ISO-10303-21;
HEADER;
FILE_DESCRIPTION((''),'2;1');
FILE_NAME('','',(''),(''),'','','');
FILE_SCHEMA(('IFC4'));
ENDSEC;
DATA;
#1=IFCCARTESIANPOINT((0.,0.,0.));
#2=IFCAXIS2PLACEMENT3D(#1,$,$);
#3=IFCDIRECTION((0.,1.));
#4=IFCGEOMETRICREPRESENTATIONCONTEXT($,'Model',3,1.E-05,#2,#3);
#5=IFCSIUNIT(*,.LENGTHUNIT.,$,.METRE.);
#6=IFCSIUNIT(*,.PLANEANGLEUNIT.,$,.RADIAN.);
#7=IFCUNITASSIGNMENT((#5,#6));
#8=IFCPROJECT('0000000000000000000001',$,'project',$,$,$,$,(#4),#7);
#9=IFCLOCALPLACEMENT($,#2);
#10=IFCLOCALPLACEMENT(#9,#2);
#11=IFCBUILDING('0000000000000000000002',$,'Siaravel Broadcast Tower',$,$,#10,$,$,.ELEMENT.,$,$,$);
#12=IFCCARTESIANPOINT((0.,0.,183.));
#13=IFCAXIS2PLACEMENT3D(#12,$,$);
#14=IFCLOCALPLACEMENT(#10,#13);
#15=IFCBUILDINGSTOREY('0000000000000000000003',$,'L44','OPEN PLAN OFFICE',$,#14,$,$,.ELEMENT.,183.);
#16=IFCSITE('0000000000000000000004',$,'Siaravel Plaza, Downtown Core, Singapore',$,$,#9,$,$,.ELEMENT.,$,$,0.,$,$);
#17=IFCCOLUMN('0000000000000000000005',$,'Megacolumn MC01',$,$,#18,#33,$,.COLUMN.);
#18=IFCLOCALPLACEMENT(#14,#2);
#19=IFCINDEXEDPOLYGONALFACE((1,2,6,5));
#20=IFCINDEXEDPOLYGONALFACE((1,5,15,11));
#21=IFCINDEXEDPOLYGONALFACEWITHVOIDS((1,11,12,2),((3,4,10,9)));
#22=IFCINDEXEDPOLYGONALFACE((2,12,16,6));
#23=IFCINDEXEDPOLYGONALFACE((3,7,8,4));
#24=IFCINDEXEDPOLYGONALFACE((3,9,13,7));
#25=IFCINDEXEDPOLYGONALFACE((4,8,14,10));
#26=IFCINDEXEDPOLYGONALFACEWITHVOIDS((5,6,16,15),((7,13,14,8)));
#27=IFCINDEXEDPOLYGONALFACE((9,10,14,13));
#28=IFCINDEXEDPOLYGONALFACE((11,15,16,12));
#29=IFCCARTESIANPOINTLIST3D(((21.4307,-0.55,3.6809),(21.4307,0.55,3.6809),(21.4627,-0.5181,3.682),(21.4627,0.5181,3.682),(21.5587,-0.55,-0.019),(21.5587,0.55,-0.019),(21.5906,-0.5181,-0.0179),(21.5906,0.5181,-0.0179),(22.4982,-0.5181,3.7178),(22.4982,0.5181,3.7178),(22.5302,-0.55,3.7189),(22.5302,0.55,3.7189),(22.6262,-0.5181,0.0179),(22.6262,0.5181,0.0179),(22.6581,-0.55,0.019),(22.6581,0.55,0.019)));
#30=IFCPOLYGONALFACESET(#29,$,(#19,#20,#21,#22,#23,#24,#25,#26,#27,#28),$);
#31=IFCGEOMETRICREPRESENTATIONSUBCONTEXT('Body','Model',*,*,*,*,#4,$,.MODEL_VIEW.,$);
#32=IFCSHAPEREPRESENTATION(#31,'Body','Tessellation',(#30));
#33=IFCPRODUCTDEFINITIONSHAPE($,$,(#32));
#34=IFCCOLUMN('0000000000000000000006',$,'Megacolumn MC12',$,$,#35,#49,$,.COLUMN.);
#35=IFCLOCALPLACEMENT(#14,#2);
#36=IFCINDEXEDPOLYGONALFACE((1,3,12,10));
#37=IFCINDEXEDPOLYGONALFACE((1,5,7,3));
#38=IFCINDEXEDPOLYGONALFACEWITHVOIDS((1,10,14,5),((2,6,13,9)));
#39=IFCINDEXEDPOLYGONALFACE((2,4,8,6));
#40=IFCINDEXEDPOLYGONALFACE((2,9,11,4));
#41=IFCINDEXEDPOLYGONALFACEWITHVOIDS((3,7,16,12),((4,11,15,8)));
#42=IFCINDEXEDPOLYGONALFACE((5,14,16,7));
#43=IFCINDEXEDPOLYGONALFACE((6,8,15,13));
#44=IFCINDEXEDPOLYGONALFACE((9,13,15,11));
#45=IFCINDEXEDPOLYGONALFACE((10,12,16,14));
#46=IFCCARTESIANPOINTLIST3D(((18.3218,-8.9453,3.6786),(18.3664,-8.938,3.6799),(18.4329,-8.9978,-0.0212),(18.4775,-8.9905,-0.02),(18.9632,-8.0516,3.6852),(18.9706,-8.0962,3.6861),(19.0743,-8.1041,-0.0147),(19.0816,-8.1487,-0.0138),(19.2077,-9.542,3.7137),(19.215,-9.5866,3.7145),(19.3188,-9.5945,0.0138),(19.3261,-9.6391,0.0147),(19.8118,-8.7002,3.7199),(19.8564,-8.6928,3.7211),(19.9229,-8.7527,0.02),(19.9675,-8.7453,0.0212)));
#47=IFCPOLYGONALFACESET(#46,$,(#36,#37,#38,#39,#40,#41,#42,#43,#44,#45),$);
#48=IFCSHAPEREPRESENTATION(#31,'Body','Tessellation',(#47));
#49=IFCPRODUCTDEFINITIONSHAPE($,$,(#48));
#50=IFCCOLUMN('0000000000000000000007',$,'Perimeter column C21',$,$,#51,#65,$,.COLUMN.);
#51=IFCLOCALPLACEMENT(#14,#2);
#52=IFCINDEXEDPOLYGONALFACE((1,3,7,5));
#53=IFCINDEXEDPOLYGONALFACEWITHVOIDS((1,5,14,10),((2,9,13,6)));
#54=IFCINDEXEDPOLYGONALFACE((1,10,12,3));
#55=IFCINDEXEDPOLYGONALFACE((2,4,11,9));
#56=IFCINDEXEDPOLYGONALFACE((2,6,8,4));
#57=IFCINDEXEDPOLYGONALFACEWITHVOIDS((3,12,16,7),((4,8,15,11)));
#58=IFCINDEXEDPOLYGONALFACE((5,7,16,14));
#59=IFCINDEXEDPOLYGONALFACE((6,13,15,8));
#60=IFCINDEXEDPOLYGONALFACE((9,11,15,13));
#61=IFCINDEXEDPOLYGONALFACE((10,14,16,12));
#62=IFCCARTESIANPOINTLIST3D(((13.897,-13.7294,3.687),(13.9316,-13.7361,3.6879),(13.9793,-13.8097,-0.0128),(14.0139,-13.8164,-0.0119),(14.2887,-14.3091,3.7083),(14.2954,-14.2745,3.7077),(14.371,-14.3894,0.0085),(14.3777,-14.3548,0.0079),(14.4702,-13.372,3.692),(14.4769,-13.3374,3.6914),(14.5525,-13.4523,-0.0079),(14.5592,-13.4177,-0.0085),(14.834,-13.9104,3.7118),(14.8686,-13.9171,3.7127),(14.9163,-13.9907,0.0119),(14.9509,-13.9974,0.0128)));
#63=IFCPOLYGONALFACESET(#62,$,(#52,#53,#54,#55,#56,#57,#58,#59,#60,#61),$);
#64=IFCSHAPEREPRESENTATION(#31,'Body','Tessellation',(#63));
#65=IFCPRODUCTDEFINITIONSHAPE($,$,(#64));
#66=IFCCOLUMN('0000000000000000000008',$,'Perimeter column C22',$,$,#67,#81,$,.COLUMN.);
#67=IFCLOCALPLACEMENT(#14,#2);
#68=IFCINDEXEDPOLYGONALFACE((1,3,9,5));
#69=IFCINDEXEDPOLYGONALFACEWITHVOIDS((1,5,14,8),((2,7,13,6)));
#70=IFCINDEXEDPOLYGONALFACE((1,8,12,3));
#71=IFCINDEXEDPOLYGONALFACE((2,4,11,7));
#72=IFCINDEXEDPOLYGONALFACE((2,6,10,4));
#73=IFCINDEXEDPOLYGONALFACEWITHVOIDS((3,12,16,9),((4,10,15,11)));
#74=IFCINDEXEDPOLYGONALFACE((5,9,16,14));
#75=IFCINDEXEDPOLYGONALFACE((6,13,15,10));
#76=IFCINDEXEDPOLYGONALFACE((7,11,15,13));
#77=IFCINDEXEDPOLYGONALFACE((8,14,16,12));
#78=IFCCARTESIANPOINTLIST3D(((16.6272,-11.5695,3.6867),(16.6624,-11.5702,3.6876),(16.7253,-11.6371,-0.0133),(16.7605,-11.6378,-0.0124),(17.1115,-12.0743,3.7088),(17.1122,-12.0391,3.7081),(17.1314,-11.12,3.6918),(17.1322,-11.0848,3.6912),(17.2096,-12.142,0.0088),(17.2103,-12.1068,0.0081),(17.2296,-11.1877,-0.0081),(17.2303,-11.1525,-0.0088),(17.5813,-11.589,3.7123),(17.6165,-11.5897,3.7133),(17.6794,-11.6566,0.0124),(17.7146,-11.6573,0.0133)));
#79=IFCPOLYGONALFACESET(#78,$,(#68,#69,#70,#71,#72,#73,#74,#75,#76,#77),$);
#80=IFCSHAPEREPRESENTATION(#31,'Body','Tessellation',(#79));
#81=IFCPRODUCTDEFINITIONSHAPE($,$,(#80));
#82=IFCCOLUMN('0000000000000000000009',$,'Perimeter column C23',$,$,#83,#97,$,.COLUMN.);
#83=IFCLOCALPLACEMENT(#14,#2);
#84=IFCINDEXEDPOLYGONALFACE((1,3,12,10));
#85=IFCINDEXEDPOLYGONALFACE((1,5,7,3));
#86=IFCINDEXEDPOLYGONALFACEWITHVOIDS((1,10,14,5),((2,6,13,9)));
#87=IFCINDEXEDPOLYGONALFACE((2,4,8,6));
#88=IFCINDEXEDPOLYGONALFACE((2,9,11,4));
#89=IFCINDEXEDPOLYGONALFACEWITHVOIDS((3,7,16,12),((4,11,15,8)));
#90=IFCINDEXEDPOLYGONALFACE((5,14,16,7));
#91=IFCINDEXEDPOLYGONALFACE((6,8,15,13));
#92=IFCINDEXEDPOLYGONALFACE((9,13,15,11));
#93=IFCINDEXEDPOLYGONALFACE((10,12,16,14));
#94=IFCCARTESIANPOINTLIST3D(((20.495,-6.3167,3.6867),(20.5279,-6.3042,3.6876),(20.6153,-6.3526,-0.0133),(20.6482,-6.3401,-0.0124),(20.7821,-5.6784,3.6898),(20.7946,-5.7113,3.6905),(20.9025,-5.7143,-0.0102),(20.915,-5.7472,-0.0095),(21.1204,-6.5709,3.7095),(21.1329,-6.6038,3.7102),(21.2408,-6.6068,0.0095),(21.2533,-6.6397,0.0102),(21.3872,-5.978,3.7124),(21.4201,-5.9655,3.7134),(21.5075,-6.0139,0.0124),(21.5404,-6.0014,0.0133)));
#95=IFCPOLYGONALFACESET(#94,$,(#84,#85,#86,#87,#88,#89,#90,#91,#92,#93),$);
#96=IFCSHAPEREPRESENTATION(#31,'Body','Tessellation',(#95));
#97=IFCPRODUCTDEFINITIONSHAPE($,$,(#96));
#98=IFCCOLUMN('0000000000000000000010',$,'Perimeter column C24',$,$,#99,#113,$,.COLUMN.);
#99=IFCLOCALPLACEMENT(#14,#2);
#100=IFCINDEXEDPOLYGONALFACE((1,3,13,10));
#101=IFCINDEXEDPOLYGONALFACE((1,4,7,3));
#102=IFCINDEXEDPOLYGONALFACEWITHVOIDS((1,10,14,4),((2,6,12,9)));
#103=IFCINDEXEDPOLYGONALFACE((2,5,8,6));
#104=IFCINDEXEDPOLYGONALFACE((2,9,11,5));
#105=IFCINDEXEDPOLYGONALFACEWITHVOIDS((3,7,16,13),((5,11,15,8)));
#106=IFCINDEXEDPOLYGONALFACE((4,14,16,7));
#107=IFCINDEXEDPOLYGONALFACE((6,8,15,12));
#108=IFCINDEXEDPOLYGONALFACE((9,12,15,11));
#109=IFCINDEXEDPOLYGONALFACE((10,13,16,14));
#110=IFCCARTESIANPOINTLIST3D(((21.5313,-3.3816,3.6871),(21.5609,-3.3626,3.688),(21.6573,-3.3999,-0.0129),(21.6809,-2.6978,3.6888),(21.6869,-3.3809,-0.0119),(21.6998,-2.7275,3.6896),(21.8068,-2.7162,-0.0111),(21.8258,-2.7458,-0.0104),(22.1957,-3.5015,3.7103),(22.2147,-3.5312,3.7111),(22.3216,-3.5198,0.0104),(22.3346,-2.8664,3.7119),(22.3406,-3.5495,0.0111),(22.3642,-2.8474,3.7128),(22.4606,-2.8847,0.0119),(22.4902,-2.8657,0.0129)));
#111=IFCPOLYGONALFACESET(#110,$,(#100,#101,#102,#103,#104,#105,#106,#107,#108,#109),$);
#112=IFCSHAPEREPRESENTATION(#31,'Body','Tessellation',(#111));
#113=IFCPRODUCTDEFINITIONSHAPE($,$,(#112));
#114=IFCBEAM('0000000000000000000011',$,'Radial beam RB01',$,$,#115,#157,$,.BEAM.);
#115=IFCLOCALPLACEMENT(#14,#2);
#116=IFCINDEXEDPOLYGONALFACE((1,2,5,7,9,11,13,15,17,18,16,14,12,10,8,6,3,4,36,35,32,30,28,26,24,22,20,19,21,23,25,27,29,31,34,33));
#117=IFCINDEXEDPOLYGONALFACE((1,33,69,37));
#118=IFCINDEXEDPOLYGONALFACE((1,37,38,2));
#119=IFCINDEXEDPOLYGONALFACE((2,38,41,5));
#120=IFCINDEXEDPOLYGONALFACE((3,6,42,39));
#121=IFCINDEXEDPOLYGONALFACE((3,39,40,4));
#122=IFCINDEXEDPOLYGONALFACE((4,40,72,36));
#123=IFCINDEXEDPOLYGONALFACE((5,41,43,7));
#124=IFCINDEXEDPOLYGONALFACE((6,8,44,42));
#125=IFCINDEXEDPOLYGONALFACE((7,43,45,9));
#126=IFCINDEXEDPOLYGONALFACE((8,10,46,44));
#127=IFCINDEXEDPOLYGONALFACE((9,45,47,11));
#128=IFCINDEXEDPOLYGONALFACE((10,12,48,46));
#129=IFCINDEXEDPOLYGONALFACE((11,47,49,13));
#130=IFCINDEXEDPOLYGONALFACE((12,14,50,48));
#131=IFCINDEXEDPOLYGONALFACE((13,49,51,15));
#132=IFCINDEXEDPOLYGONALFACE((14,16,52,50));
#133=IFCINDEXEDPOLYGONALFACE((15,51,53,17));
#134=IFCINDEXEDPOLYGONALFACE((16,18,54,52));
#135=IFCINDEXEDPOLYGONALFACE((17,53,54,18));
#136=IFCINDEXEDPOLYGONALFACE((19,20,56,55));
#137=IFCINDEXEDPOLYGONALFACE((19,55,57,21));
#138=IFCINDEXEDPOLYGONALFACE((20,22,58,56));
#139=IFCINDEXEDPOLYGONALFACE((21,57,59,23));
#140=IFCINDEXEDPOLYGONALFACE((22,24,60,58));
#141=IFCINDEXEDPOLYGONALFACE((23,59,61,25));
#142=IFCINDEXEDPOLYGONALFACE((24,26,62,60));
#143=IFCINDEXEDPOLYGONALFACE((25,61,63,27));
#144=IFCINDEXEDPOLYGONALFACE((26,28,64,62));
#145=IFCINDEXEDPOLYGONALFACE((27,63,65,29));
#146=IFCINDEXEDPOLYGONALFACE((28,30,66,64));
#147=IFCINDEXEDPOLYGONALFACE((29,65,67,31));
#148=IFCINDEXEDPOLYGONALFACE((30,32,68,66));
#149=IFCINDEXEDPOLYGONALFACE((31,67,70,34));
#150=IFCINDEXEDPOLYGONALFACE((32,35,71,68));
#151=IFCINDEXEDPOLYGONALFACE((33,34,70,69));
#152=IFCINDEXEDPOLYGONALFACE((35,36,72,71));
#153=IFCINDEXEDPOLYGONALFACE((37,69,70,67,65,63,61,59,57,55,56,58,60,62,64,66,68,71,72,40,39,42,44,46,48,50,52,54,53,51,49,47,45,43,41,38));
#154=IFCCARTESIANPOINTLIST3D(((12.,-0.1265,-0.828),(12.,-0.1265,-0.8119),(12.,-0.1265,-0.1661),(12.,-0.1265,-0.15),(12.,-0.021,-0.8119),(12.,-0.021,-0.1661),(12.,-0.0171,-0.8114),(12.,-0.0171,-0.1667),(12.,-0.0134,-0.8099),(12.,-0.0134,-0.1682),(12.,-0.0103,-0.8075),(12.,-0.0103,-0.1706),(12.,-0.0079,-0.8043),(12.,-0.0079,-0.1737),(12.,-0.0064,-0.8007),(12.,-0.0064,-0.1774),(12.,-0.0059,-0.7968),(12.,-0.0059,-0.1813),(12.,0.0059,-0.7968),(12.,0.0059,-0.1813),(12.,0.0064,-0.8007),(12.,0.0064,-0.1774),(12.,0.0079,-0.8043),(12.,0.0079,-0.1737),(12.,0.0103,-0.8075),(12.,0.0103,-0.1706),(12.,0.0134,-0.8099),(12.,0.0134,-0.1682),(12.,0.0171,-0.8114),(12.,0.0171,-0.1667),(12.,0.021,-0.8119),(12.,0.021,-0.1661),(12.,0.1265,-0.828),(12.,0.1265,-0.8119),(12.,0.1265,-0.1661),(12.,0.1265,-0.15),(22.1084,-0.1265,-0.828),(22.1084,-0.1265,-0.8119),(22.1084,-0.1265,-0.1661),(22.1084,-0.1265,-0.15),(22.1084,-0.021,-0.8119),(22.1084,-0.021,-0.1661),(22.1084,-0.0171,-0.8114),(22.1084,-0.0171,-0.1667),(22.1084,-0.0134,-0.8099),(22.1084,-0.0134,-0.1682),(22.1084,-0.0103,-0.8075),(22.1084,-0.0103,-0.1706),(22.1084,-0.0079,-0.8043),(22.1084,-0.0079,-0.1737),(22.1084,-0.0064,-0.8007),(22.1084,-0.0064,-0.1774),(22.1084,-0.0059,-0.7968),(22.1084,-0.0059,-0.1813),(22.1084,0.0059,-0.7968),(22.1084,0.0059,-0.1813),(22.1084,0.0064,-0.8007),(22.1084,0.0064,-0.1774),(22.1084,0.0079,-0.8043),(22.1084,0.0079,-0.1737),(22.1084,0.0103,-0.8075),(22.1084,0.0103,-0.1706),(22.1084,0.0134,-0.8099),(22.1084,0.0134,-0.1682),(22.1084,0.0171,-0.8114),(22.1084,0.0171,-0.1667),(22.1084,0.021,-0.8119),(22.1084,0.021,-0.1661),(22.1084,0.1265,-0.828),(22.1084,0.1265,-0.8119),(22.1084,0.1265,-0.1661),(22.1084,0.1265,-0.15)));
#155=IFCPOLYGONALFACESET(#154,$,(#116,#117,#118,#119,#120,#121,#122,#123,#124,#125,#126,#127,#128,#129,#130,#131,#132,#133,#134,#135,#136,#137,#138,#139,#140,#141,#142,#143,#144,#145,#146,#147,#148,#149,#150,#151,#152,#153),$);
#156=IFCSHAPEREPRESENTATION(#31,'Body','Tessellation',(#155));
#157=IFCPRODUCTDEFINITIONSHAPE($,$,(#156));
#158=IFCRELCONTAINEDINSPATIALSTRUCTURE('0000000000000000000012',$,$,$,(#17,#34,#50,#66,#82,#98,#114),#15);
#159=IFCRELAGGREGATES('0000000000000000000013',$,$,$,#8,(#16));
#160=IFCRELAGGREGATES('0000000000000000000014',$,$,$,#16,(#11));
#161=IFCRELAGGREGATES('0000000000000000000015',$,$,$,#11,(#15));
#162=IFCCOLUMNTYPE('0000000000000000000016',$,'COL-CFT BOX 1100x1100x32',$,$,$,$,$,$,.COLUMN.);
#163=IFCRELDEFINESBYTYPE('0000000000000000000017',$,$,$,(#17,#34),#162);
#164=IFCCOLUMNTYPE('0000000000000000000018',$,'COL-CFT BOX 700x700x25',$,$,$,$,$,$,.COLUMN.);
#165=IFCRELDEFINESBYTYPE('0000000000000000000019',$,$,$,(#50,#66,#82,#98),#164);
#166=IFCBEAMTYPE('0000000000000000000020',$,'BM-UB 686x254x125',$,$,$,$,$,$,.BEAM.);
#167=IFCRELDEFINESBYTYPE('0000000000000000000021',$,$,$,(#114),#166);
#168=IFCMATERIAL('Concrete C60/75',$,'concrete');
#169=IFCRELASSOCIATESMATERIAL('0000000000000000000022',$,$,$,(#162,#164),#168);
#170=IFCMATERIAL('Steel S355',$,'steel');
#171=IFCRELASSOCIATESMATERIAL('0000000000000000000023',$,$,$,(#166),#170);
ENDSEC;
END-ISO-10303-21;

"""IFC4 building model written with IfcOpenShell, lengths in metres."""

from ifc_helpers import new_model, si_unit, direction, frame, origin, origin_2d, place, context, subcontext, project, spatial, hollow_rectangle, i_section, extrude, material, material_profile, profile_set, type_object, element, save


model = new_model("IFC4")

# Units and contexts
model_context = context("Model", 3, precision=1e-05, world=origin(), true_north=direction((0.0, 1.0)))
body_context = subcontext(model_context, "Body", "Model", "MODEL_VIEW")
ifc_project = project(units=[si_unit("LENGTHUNIT", "METRE"), si_unit("PLANEANGLEUNIT", "RADIAN")], contexts=[model_context])

# Site, building, storey
site_placement = place(None, origin())
site = spatial("IfcSite", under=ifc_project, at=site_placement, Name="Siaravel Plaza, Downtown Core, Singapore", CompositionType="ELEMENT", RefElevation=0.0)
building_placement = place(site_placement, origin())
building = spatial("IfcBuilding", under=site, at=building_placement, Name="Siaravel Broadcast Tower", CompositionType="ELEMENT")
storey_placement = place(building_placement, frame((0.0, 0.0, 183.0)))
storey = spatial("IfcBuildingStorey", under=building, at=storey_placement, Name="L44", Description="OPEN PLAN OFFICE", CompositionType="ELEMENT", Elevation=183.0)

# Columns
ifc_material_1 = material(Name="Concrete C60/75", Category="concrete")
ifc_material_profile_1 = material_profile(ifc_material_1, hollow_rectangle(XDim=1.1001, YDim=1.1001, WallThickness=0.032, at=origin_2d()))
ifc_profile_set_1 = profile_set([ifc_material_profile_1], Name="Concrete C60/75")
column_type_1 = type_object("IfcColumnType", Name="COL-CFT BOX 1100x1100x32", PredefinedType="COLUMN", material=ifc_profile_set_1)
column_1_placement = place(storey_placement, frame((22.1084, 0.0, 0.0), z_axis=(-0.034555, 0.0, 0.999403), x_axis=(0.0, -1.0, 0.0)))
element("IfcColumn", 1, at=column_1_placement, inside=storey, type_object=column_type_1, Name="Megacolumn MC01", PredefinedType="COLUMN", context=body_context, shape_type="SweptSolid", body=[
    extrude(hollow_rectangle(XDim=1.1001, YDim=1.1001, WallThickness=0.032, at=origin_2d()), origin(), (0.0, 0.0, 1.0), 3.7021),
])
column_2_placement = place(storey_placement, frame((19.2002, -8.8716, 0.0), z_axis=(-0.030007, 0.014179, 0.999449), x_axis=(-0.583041, -0.812421, -0.005979)))
element("IfcColumn", 2, at=column_2_placement, inside=storey, type_object=column_type_1, Name="Megacolumn MC12", PredefinedType="COLUMN", context=body_context, shape_type="SweptSolid", body=[
    extrude(hollow_rectangle(XDim=1.1001, YDim=1.1001, WallThickness=0.032, at=origin_2d()), origin(), (0.0, 0.0, 1.0), 3.7019),
])
ifc_material_profile_2 = material_profile(ifc_material_1, hollow_rectangle(XDim=0.7, YDim=0.7, WallThickness=0.0249, at=origin_2d()))
ifc_profile_set_2 = profile_set([ifc_material_profile_2], Name="Concrete C60/75")
column_type_2 = type_object("IfcColumnType", Name="COL-CFT BOX 700x700x25", PredefinedType="COLUMN", material=ifc_profile_set_2)
column_3_placement = place(storey_placement, frame((14.4651, -13.9036, 0.0), z_axis=(-0.022226, 0.021699, 0.999517), x_axis=(-0.828429, -0.560059, -0.006263)))
element("IfcColumn", 3, at=column_3_placement, inside=storey, type_object=column_type_2, Name="Perimeter column C21", PredefinedType="COLUMN", context=body_context, shape_type="SweptSolid", body=[
    extrude(hollow_rectangle(XDim=0.7, YDim=0.7, WallThickness=0.0249, at=origin_2d()), origin(), (0.0, 0.0, 1.0), 3.7017),
])
column_4_placement = place(storey_placement, frame((17.22, -11.6472, 0.0), z_axis=(-0.026512, 0.018268, 0.999482), x_axis=(-0.721505, -0.692379, -0.006483)))
element("IfcColumn", 4, at=column_4_placement, inside=storey, type_object=column_type_2, Name="Perimeter column C22", PredefinedType="COLUMN", context=body_context, shape_type="SweptSolid", body=[
    extrude(hollow_rectangle(XDim=0.7, YDim=0.7, WallThickness=0.0249, at=origin_2d()), origin(), (0.0, 0.0, 1.0), 3.7019),
])
for number, where, z_axis, x_axis, name in (
    (5, (21.0779, -6.177, 0.0), (-0.032512, 0.009694, 0.999424), (-0.410283, -0.911947, -0.004501), "Perimeter column C23"),
    (6, (22.0737, -3.1328, 0.0), (-0.034028, 0.004946, 0.999409), (-0.213687, -0.976899, -0.002441), "Perimeter column C24"),
):
    element("IfcColumn", number, at=place(storey_placement, frame(where, z_axis=z_axis, x_axis=x_axis)), inside=storey, type_object=column_type_2, Name=name, PredefinedType="COLUMN", context=body_context, shape_type="SweptSolid", body=[
        extrude(hollow_rectangle(XDim=0.7, YDim=0.7, WallThickness=0.0249, at=origin_2d()), origin(), (0.0, 0.0, 1.0), 3.7021),
    ])

# Beam
ifc_material_2 = material(Name="Steel S355", Category="steel")
ifc_material_profile_3 = material_profile(ifc_material_2, i_section(OverallWidth=0.2529, OverallDepth=0.678, WebThickness=0.0117, FlangeThickness=0.0161, FilletRadius=0.0151, at=origin_2d()))
ifc_profile_set_3 = profile_set([ifc_material_profile_3], Name="Steel S355")
beam_type = type_object("IfcBeamType", Name="BM-UB 686x254x125", PredefinedType="BEAM", material=ifc_profile_set_3)
beam_1_placement = place(storey_placement, frame((22.1084, 0.0, -0.489), z_axis=(-1.0, 0.0, 0.0), x_axis=(0.0, -1.0, 0.0)))
element("IfcBeam", 7, at=beam_1_placement, inside=storey, type_object=beam_type, Name="Radial beam RB01", PredefinedType="BEAM", context=body_context, shape_type="SweptSolid", body=[
    extrude(i_section(OverallWidth=0.2529, OverallDepth=0.678, WebThickness=0.0117, FlangeThickness=0.0161, FilletRadius=0.0151, at=origin_2d()), origin(), (0.0, 0.0, 1.0), 10.1084),
])

save(model, "model.ifc")
